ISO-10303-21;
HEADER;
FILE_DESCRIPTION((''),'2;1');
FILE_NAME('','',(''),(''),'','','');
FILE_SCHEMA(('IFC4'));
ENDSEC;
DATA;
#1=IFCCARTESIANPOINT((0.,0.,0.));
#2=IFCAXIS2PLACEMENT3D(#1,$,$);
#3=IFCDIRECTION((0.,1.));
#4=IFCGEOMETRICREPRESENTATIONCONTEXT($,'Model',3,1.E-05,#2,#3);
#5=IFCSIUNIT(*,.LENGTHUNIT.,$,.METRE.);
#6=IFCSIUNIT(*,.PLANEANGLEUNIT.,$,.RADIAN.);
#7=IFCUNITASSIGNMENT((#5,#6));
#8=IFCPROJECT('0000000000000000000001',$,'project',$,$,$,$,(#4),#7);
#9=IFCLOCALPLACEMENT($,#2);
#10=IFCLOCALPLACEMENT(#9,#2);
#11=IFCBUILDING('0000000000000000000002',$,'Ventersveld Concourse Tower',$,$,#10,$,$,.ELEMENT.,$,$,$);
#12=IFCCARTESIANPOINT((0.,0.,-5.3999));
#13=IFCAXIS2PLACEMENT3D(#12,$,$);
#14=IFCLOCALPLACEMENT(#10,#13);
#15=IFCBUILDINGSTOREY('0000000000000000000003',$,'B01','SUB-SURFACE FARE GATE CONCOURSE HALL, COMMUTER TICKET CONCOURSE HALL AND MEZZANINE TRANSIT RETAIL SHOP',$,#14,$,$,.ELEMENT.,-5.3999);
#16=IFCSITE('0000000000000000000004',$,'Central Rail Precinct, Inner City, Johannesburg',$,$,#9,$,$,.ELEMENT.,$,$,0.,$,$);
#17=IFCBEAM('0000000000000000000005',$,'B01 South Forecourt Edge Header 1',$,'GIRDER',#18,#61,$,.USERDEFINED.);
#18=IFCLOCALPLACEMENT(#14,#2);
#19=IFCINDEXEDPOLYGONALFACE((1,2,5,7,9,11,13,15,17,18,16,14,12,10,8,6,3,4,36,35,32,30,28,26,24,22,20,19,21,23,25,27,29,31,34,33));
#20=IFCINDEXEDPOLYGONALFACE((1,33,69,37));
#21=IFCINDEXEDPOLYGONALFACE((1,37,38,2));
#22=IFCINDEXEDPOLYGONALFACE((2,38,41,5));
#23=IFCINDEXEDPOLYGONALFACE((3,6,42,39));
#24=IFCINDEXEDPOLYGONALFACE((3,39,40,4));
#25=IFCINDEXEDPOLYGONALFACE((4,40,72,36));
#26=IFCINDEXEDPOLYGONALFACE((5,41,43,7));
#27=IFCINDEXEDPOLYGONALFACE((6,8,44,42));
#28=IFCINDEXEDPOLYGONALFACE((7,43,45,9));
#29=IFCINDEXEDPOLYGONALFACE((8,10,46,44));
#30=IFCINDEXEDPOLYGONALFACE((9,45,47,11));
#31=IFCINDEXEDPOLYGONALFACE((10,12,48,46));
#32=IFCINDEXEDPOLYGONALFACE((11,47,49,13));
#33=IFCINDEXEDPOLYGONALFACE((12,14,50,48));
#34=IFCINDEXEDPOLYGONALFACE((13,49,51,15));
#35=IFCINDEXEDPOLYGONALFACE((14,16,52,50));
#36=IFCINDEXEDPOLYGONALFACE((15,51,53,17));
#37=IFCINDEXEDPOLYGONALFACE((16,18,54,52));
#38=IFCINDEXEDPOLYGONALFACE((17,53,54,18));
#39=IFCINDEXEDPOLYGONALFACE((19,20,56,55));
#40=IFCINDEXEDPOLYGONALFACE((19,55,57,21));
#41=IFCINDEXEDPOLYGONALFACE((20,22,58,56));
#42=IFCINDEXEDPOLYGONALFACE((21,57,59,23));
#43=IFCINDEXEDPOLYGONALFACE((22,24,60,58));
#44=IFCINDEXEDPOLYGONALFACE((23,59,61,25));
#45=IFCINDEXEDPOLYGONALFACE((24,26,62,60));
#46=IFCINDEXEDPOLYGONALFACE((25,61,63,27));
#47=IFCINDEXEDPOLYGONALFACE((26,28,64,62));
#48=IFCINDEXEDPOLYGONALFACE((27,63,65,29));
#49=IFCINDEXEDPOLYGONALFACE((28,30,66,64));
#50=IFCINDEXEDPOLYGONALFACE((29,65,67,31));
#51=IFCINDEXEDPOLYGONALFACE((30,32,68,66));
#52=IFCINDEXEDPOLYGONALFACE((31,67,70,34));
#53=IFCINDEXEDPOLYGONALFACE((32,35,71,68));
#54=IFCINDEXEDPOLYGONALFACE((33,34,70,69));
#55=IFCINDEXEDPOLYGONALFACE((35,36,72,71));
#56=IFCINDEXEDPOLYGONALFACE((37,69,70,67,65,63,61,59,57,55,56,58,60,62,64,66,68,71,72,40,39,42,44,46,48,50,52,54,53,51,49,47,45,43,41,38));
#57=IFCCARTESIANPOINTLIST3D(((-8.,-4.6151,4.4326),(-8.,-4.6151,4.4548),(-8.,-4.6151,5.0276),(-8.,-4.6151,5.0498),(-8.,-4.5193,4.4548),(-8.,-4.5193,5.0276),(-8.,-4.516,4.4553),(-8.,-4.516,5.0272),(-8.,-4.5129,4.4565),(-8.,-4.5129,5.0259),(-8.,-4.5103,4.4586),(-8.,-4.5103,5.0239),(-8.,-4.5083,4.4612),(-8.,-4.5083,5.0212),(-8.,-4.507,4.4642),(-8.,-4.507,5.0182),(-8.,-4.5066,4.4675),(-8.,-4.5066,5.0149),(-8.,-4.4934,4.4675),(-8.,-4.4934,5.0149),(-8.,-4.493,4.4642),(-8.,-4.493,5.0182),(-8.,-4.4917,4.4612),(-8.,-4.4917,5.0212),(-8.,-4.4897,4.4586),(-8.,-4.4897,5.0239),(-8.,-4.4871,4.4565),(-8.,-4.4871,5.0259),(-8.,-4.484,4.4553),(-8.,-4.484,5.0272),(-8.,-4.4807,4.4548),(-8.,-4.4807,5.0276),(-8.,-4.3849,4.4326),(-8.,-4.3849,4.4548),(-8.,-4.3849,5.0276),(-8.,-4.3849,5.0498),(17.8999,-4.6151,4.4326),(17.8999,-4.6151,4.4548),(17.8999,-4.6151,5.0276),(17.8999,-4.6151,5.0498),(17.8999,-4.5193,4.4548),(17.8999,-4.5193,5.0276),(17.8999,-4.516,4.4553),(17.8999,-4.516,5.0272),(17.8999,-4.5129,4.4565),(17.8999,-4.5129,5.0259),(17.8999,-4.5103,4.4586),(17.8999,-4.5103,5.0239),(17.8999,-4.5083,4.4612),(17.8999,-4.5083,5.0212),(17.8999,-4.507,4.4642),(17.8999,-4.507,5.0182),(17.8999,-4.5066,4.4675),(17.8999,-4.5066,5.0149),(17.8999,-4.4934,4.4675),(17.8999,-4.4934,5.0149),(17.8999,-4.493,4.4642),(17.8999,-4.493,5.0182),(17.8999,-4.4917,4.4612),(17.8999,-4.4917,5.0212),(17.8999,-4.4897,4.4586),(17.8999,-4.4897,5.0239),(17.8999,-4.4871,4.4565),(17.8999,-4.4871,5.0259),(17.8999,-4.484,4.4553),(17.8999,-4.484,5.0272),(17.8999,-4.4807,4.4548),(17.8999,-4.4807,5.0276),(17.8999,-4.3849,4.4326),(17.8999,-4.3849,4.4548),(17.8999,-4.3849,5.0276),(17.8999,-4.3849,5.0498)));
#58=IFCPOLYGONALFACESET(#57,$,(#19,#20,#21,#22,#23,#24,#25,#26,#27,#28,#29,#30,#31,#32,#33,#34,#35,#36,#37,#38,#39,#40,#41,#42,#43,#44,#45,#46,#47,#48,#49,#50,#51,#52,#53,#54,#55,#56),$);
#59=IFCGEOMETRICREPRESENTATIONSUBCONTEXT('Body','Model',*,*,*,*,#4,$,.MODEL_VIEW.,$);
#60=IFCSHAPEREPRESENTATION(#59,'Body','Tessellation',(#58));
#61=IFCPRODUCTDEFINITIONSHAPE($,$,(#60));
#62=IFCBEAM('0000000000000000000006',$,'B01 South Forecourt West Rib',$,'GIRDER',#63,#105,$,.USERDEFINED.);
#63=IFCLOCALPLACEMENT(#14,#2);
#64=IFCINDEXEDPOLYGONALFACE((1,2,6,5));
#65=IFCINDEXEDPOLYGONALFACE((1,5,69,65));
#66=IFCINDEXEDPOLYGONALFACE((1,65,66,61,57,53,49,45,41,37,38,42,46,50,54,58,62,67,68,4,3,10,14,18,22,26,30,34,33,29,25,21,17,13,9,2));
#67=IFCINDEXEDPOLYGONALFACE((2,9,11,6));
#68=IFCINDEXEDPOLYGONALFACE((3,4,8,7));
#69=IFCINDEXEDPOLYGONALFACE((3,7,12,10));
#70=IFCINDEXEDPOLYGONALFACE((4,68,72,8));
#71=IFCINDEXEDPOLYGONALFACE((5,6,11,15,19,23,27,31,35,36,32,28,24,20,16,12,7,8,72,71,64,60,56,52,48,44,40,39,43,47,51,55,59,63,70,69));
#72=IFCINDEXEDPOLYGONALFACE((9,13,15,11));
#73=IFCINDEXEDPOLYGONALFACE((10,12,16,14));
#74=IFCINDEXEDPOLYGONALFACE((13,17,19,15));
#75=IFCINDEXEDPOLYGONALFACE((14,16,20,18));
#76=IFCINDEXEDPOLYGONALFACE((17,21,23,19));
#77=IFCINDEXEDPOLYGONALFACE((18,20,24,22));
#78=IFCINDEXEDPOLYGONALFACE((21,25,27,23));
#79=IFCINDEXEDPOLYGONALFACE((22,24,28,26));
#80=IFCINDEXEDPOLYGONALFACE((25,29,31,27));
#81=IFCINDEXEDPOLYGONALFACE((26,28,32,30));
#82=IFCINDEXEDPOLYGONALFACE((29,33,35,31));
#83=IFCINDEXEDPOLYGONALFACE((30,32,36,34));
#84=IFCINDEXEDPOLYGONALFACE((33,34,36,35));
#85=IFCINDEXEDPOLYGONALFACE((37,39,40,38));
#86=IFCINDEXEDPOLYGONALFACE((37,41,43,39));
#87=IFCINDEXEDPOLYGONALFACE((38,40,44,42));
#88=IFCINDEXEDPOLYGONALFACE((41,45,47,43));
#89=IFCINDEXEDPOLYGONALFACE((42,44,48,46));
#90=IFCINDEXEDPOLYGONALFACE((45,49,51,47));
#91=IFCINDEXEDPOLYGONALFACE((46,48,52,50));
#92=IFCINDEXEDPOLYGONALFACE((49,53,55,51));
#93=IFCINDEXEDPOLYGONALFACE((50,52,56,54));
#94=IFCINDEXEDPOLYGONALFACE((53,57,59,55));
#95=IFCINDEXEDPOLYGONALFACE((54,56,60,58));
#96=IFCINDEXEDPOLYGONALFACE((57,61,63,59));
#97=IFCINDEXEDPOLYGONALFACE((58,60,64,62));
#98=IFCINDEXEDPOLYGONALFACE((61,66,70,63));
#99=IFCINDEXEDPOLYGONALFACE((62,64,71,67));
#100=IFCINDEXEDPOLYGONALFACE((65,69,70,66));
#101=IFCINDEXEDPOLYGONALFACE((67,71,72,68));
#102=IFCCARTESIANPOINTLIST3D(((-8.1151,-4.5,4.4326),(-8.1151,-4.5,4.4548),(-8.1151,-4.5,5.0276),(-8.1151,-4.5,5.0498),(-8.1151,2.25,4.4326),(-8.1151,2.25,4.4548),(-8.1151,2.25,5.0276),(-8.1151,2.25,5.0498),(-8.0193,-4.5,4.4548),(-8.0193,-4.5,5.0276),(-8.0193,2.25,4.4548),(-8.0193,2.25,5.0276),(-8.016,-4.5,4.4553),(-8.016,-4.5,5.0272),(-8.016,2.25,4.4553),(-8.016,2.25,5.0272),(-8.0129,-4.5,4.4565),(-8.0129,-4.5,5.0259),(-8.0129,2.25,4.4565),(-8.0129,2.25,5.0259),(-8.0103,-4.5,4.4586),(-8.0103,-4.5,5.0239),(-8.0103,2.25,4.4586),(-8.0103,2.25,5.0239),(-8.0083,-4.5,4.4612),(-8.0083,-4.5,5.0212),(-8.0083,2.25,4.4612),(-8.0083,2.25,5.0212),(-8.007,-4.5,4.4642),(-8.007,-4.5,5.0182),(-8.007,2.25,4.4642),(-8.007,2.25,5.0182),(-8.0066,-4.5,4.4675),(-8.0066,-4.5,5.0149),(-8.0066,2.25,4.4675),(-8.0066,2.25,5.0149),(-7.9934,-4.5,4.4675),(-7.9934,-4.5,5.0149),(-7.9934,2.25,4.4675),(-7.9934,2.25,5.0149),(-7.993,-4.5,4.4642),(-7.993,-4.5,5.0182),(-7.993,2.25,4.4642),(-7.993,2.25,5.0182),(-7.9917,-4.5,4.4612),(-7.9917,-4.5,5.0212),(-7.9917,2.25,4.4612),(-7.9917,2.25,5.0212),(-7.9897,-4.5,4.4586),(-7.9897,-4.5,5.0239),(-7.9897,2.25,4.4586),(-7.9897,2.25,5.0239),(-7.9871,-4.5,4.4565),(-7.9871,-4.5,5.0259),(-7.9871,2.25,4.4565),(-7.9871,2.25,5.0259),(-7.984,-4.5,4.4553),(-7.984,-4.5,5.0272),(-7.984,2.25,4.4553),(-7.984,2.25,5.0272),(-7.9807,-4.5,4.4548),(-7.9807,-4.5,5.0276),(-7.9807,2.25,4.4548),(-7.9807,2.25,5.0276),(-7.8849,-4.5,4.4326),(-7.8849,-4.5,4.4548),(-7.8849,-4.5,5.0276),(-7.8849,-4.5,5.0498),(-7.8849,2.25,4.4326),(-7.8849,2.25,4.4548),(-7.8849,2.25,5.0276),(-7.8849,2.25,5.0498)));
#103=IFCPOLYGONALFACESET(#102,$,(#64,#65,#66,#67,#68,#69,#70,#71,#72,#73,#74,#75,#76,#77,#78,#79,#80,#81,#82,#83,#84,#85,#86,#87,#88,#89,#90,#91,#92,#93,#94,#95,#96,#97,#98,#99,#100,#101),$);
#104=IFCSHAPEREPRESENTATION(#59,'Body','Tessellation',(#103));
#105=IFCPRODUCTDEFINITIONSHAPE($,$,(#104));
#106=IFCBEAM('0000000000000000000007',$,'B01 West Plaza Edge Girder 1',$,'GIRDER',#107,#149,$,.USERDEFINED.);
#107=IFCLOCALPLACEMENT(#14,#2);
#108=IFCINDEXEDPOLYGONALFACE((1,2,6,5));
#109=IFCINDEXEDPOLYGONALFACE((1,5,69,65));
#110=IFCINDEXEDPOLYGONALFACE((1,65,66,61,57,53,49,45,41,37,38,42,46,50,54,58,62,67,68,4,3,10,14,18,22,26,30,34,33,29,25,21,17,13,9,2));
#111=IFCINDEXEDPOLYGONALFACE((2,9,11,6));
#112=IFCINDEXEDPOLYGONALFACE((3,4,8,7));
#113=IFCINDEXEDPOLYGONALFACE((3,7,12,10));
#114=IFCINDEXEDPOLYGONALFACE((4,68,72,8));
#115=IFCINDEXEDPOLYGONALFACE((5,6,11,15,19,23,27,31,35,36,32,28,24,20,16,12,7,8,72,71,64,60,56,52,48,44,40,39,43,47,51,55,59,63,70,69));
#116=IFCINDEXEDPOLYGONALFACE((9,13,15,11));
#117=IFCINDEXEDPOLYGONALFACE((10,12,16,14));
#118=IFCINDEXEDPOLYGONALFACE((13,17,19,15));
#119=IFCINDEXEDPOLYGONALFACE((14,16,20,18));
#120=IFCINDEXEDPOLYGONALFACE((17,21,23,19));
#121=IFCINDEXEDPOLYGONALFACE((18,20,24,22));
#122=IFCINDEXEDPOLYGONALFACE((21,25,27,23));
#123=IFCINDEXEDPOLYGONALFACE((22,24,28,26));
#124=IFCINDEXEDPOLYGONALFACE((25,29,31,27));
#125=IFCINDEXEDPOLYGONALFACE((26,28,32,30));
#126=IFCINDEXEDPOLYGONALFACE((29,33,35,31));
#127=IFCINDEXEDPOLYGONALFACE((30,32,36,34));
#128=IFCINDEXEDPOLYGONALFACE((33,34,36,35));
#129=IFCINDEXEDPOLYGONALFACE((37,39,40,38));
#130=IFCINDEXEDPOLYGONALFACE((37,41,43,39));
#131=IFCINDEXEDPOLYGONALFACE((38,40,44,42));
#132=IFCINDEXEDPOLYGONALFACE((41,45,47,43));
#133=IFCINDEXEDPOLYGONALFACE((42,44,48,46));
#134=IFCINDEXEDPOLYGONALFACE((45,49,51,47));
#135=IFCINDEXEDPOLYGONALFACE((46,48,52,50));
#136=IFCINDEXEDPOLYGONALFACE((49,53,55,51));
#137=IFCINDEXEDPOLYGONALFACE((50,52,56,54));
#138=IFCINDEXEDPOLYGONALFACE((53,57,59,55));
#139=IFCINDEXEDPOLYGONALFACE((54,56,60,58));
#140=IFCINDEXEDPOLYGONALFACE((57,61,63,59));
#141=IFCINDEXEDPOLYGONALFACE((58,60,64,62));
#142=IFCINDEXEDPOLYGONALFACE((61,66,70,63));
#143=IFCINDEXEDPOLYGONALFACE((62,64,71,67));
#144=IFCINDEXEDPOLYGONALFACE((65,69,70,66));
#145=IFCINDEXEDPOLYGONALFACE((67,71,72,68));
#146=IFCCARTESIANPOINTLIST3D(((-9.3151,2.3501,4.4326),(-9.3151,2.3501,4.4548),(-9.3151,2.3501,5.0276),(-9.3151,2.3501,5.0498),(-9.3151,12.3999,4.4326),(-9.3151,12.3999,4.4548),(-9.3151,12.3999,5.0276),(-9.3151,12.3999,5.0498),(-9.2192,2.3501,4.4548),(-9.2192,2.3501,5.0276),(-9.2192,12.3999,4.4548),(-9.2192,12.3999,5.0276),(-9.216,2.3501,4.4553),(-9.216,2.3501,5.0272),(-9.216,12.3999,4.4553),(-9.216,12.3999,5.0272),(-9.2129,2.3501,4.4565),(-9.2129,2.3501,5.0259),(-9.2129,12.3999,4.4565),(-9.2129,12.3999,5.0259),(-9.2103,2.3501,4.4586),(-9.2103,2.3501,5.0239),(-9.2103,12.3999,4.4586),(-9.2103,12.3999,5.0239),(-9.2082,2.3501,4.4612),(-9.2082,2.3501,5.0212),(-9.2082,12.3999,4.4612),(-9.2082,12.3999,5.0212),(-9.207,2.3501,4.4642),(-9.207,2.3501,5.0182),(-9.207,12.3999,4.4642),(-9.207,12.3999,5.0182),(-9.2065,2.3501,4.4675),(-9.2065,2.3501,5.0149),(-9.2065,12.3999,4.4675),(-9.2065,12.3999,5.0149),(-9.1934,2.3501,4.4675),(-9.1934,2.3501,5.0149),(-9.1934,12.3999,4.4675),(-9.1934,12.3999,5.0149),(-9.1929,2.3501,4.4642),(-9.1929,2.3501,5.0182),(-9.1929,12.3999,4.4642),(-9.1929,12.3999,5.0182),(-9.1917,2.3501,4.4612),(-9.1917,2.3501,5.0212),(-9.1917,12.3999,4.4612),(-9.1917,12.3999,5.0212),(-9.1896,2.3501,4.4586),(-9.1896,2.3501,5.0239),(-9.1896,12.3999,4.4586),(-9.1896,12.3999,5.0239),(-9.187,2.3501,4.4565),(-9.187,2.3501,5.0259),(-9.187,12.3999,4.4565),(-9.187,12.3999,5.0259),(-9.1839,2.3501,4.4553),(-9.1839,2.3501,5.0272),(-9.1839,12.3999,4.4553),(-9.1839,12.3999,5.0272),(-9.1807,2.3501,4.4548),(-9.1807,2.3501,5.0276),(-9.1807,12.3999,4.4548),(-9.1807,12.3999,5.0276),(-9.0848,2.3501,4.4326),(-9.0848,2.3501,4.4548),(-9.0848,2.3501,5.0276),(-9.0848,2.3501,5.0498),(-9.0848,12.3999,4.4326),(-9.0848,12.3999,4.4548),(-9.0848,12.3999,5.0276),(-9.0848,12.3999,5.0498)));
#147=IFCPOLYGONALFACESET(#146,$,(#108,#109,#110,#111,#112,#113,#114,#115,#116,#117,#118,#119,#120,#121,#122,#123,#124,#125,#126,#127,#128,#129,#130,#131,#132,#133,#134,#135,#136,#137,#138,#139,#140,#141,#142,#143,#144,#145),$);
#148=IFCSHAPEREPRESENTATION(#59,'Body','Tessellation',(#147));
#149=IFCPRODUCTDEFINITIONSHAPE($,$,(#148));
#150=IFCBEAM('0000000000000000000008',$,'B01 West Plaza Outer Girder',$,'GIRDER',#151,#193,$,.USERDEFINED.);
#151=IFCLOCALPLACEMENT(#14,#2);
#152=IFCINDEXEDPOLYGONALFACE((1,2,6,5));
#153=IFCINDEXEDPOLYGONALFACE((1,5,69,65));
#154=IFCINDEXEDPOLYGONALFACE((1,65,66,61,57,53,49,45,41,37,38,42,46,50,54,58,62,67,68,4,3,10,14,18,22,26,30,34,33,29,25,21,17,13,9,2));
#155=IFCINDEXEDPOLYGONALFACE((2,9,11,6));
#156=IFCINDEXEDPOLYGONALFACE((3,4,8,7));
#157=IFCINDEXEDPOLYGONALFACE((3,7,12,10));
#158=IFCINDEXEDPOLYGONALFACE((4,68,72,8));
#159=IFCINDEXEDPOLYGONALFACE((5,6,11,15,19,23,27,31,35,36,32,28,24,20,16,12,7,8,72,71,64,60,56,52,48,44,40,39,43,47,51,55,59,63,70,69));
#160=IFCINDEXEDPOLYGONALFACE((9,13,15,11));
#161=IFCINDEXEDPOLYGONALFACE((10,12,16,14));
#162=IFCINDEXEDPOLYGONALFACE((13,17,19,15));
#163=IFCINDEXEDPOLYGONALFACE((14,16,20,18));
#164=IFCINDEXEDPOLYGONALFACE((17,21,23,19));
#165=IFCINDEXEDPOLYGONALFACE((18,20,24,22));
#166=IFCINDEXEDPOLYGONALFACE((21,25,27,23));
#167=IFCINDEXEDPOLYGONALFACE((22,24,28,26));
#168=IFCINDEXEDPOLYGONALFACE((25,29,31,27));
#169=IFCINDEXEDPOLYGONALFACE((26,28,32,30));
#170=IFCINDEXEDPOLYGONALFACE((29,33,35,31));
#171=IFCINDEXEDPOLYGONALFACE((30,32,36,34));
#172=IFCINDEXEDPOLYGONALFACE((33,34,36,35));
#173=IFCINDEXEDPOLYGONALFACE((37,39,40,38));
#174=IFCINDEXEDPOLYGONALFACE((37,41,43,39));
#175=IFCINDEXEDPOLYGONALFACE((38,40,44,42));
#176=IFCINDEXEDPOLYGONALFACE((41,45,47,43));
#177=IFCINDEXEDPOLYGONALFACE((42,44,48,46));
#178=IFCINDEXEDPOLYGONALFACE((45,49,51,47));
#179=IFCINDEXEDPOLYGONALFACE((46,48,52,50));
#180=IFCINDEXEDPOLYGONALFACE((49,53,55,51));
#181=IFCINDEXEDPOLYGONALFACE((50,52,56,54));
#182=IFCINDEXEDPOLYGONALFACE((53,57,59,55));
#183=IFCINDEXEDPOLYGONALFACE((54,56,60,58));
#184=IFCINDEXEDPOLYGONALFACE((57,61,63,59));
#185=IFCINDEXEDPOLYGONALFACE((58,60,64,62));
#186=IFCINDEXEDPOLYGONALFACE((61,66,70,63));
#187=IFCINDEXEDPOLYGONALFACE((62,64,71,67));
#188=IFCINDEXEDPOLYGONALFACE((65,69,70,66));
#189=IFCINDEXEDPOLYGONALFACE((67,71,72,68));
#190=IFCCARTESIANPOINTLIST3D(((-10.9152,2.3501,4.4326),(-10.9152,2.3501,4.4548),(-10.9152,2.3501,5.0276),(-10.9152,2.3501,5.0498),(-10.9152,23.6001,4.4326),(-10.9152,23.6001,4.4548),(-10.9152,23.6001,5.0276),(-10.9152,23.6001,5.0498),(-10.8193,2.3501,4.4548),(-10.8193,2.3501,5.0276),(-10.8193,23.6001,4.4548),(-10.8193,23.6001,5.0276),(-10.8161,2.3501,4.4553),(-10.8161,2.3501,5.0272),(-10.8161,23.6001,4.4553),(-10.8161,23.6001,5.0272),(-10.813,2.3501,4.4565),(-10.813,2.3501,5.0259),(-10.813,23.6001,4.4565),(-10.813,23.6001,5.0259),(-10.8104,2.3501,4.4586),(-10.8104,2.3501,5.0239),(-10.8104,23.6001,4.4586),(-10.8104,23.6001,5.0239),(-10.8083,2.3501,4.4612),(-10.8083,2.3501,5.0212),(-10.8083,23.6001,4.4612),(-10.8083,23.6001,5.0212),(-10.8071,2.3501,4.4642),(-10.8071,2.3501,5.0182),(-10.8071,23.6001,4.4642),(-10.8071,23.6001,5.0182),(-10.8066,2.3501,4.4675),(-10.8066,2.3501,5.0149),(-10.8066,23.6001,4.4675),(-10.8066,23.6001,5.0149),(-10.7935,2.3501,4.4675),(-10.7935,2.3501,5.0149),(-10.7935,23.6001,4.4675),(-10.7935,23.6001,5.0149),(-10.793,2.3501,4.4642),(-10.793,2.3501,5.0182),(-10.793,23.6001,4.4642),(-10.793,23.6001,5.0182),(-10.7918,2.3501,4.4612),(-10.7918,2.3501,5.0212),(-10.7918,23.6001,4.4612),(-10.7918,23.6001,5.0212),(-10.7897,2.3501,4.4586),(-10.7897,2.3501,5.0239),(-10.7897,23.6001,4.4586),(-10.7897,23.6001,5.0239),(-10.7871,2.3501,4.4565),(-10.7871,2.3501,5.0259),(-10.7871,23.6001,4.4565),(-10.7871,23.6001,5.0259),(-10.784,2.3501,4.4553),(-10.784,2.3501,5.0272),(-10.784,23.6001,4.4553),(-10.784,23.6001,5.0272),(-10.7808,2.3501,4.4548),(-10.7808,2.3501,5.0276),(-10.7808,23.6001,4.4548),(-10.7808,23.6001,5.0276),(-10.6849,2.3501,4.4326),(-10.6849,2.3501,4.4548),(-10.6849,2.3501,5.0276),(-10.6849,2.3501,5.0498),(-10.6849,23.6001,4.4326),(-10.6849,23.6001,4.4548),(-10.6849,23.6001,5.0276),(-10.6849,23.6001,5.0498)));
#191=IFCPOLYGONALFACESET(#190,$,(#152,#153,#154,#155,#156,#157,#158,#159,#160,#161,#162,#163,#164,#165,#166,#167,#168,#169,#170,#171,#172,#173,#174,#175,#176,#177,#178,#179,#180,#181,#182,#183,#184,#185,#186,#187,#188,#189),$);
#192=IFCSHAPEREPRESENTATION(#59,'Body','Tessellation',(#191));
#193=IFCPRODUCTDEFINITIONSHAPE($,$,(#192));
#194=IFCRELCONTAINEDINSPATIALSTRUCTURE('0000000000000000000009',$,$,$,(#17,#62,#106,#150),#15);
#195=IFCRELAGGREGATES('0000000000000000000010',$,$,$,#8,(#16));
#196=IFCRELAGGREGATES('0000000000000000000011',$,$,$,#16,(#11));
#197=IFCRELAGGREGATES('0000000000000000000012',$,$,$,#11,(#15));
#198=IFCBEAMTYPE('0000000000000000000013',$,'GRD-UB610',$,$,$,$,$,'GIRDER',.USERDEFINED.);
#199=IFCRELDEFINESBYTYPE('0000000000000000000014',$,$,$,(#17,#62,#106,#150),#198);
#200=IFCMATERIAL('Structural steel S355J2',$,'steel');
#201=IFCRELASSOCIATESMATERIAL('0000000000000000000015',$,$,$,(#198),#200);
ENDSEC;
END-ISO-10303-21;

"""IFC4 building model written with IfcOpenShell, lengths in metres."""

from ifc_helpers import new_model, si_unit, direction, frame, origin, origin_2d, place, context, subcontext, project, spatial, i_section, extrude, material, material_profile, profile_set, type_object, element, save


model = new_model("IFC4")

# Units and contexts
model_context = context("Model", 3, precision=1e-05, world=origin(), true_north=direction((0.0, 1.0)))
body_context = subcontext(model_context, "Body", "Model", "MODEL_VIEW")
ifc_project = project(units=[si_unit("LENGTHUNIT", "METRE"), si_unit("PLANEANGLEUNIT", "RADIAN")], contexts=[model_context])

# Site, building, storey
site_placement = place(None, origin())
site = spatial("IfcSite", under=ifc_project, at=site_placement, Name="Central Rail Precinct, Inner City, Johannesburg", CompositionType="ELEMENT", RefElevation=0.0)
building_placement = place(site_placement, origin())
building = spatial("IfcBuilding", under=site, at=building_placement, Name="Ventersveld Concourse Tower", CompositionType="ELEMENT")
storey_placement = place(building_placement, frame((0.0, 0.0, -5.3999)))
storey = spatial("IfcBuildingStorey", under=building, at=storey_placement, Name="B01", Description="SUB-SURFACE FARE GATE CONCOURSE HALL, COMMUTER TICKET CONCOURSE HALL AND MEZZANINE TRANSIT RETAIL SHOP", CompositionType="ELEMENT", Elevation=-5.3999)

# Beams
ifc_material_1 = material(Name="Structural steel S355J2", Category="steel")
ifc_material_profile_1 = material_profile(ifc_material_1, i_section(OverallWidth=0.2302, OverallDepth=0.6172, WebThickness=0.0132, FlangeThickness=0.0222, FilletRadius=0.0127, at=origin_2d()), Name="UB 610x229x140")
ifc_profile_set_1 = profile_set([ifc_material_profile_1], Name="Structural steel S355J2")
beam_type = type_object("IfcBeamType", Name="GRD-UB610", ElementType="GIRDER", PredefinedType="USERDEFINED", material=ifc_profile_set_1)
beam_1_placement = place(storey_placement, frame((-8.0, -4.5, 4.7412), z_axis=(1.0, 0.0, 0.0), x_axis=(0.0, 1.0, 0.0)))
element("IfcBeam", 1, at=beam_1_placement, inside=storey, type_object=beam_type, Name="B01 South Forecourt Edge Header 1", ObjectType="GIRDER", PredefinedType="USERDEFINED", context=body_context, shape_type="SweptSolid", body=[
    extrude(i_section(OverallWidth=0.2302, OverallDepth=0.6172, WebThickness=0.0132, FlangeThickness=0.0222, FilletRadius=0.0127, at=origin_2d()), origin(), (0.0, 0.0, 1.0), 25.8999),
])
beam_2_placement = place(storey_placement, frame((-8.0, -4.5, 4.7412), z_axis=(0.0, 1.0, 0.0), x_axis=(-1.0, 0.0, 0.0)))
element("IfcBeam", 2, at=beam_2_placement, inside=storey, type_object=beam_type, Name="B01 South Forecourt West Rib", ObjectType="GIRDER", PredefinedType="USERDEFINED", context=body_context, shape_type="SweptSolid", body=[
    extrude(i_section(OverallWidth=0.2302, OverallDepth=0.6172, WebThickness=0.0132, FlangeThickness=0.0222, FilletRadius=0.0127, at=origin_2d()), origin(), (0.0, 0.0, 1.0), 6.75),
])
beam_3_placement = place(storey_placement, frame((-9.2, 2.3501, 4.7412), z_axis=(0.0, 1.0, 0.0), x_axis=(-1.0, 0.0, 0.0)))
element("IfcBeam", 3, at=beam_3_placement, inside=storey, type_object=beam_type, Name="B01 West Plaza Edge Girder 1", ObjectType="GIRDER", PredefinedType="USERDEFINED", context=body_context, shape_type="SweptSolid", body=[
    extrude(i_section(OverallWidth=0.2302, OverallDepth=0.6172, WebThickness=0.0132, FlangeThickness=0.0222, FilletRadius=0.0127, at=origin_2d()), origin(), (0.0, 0.0, 1.0), 10.0498),
])
beam_4_placement = place(storey_placement, frame((-10.8, 2.3501, 4.7412), z_axis=(0.0, 1.0, 0.0), x_axis=(-1.0, 0.0, 0.0)))
element("IfcBeam", 4, at=beam_4_placement, inside=storey, type_object=beam_type, Name="B01 West Plaza Outer Girder", ObjectType="GIRDER", PredefinedType="USERDEFINED", context=body_context, shape_type="SweptSolid", body=[
    extrude(i_section(OverallWidth=0.2302, OverallDepth=0.6172, WebThickness=0.0132, FlangeThickness=0.0222, FilletRadius=0.0127, at=origin_2d()), origin(), (0.0, 0.0, 1.0), 21.25),
])

save(model, "model.ifc")
